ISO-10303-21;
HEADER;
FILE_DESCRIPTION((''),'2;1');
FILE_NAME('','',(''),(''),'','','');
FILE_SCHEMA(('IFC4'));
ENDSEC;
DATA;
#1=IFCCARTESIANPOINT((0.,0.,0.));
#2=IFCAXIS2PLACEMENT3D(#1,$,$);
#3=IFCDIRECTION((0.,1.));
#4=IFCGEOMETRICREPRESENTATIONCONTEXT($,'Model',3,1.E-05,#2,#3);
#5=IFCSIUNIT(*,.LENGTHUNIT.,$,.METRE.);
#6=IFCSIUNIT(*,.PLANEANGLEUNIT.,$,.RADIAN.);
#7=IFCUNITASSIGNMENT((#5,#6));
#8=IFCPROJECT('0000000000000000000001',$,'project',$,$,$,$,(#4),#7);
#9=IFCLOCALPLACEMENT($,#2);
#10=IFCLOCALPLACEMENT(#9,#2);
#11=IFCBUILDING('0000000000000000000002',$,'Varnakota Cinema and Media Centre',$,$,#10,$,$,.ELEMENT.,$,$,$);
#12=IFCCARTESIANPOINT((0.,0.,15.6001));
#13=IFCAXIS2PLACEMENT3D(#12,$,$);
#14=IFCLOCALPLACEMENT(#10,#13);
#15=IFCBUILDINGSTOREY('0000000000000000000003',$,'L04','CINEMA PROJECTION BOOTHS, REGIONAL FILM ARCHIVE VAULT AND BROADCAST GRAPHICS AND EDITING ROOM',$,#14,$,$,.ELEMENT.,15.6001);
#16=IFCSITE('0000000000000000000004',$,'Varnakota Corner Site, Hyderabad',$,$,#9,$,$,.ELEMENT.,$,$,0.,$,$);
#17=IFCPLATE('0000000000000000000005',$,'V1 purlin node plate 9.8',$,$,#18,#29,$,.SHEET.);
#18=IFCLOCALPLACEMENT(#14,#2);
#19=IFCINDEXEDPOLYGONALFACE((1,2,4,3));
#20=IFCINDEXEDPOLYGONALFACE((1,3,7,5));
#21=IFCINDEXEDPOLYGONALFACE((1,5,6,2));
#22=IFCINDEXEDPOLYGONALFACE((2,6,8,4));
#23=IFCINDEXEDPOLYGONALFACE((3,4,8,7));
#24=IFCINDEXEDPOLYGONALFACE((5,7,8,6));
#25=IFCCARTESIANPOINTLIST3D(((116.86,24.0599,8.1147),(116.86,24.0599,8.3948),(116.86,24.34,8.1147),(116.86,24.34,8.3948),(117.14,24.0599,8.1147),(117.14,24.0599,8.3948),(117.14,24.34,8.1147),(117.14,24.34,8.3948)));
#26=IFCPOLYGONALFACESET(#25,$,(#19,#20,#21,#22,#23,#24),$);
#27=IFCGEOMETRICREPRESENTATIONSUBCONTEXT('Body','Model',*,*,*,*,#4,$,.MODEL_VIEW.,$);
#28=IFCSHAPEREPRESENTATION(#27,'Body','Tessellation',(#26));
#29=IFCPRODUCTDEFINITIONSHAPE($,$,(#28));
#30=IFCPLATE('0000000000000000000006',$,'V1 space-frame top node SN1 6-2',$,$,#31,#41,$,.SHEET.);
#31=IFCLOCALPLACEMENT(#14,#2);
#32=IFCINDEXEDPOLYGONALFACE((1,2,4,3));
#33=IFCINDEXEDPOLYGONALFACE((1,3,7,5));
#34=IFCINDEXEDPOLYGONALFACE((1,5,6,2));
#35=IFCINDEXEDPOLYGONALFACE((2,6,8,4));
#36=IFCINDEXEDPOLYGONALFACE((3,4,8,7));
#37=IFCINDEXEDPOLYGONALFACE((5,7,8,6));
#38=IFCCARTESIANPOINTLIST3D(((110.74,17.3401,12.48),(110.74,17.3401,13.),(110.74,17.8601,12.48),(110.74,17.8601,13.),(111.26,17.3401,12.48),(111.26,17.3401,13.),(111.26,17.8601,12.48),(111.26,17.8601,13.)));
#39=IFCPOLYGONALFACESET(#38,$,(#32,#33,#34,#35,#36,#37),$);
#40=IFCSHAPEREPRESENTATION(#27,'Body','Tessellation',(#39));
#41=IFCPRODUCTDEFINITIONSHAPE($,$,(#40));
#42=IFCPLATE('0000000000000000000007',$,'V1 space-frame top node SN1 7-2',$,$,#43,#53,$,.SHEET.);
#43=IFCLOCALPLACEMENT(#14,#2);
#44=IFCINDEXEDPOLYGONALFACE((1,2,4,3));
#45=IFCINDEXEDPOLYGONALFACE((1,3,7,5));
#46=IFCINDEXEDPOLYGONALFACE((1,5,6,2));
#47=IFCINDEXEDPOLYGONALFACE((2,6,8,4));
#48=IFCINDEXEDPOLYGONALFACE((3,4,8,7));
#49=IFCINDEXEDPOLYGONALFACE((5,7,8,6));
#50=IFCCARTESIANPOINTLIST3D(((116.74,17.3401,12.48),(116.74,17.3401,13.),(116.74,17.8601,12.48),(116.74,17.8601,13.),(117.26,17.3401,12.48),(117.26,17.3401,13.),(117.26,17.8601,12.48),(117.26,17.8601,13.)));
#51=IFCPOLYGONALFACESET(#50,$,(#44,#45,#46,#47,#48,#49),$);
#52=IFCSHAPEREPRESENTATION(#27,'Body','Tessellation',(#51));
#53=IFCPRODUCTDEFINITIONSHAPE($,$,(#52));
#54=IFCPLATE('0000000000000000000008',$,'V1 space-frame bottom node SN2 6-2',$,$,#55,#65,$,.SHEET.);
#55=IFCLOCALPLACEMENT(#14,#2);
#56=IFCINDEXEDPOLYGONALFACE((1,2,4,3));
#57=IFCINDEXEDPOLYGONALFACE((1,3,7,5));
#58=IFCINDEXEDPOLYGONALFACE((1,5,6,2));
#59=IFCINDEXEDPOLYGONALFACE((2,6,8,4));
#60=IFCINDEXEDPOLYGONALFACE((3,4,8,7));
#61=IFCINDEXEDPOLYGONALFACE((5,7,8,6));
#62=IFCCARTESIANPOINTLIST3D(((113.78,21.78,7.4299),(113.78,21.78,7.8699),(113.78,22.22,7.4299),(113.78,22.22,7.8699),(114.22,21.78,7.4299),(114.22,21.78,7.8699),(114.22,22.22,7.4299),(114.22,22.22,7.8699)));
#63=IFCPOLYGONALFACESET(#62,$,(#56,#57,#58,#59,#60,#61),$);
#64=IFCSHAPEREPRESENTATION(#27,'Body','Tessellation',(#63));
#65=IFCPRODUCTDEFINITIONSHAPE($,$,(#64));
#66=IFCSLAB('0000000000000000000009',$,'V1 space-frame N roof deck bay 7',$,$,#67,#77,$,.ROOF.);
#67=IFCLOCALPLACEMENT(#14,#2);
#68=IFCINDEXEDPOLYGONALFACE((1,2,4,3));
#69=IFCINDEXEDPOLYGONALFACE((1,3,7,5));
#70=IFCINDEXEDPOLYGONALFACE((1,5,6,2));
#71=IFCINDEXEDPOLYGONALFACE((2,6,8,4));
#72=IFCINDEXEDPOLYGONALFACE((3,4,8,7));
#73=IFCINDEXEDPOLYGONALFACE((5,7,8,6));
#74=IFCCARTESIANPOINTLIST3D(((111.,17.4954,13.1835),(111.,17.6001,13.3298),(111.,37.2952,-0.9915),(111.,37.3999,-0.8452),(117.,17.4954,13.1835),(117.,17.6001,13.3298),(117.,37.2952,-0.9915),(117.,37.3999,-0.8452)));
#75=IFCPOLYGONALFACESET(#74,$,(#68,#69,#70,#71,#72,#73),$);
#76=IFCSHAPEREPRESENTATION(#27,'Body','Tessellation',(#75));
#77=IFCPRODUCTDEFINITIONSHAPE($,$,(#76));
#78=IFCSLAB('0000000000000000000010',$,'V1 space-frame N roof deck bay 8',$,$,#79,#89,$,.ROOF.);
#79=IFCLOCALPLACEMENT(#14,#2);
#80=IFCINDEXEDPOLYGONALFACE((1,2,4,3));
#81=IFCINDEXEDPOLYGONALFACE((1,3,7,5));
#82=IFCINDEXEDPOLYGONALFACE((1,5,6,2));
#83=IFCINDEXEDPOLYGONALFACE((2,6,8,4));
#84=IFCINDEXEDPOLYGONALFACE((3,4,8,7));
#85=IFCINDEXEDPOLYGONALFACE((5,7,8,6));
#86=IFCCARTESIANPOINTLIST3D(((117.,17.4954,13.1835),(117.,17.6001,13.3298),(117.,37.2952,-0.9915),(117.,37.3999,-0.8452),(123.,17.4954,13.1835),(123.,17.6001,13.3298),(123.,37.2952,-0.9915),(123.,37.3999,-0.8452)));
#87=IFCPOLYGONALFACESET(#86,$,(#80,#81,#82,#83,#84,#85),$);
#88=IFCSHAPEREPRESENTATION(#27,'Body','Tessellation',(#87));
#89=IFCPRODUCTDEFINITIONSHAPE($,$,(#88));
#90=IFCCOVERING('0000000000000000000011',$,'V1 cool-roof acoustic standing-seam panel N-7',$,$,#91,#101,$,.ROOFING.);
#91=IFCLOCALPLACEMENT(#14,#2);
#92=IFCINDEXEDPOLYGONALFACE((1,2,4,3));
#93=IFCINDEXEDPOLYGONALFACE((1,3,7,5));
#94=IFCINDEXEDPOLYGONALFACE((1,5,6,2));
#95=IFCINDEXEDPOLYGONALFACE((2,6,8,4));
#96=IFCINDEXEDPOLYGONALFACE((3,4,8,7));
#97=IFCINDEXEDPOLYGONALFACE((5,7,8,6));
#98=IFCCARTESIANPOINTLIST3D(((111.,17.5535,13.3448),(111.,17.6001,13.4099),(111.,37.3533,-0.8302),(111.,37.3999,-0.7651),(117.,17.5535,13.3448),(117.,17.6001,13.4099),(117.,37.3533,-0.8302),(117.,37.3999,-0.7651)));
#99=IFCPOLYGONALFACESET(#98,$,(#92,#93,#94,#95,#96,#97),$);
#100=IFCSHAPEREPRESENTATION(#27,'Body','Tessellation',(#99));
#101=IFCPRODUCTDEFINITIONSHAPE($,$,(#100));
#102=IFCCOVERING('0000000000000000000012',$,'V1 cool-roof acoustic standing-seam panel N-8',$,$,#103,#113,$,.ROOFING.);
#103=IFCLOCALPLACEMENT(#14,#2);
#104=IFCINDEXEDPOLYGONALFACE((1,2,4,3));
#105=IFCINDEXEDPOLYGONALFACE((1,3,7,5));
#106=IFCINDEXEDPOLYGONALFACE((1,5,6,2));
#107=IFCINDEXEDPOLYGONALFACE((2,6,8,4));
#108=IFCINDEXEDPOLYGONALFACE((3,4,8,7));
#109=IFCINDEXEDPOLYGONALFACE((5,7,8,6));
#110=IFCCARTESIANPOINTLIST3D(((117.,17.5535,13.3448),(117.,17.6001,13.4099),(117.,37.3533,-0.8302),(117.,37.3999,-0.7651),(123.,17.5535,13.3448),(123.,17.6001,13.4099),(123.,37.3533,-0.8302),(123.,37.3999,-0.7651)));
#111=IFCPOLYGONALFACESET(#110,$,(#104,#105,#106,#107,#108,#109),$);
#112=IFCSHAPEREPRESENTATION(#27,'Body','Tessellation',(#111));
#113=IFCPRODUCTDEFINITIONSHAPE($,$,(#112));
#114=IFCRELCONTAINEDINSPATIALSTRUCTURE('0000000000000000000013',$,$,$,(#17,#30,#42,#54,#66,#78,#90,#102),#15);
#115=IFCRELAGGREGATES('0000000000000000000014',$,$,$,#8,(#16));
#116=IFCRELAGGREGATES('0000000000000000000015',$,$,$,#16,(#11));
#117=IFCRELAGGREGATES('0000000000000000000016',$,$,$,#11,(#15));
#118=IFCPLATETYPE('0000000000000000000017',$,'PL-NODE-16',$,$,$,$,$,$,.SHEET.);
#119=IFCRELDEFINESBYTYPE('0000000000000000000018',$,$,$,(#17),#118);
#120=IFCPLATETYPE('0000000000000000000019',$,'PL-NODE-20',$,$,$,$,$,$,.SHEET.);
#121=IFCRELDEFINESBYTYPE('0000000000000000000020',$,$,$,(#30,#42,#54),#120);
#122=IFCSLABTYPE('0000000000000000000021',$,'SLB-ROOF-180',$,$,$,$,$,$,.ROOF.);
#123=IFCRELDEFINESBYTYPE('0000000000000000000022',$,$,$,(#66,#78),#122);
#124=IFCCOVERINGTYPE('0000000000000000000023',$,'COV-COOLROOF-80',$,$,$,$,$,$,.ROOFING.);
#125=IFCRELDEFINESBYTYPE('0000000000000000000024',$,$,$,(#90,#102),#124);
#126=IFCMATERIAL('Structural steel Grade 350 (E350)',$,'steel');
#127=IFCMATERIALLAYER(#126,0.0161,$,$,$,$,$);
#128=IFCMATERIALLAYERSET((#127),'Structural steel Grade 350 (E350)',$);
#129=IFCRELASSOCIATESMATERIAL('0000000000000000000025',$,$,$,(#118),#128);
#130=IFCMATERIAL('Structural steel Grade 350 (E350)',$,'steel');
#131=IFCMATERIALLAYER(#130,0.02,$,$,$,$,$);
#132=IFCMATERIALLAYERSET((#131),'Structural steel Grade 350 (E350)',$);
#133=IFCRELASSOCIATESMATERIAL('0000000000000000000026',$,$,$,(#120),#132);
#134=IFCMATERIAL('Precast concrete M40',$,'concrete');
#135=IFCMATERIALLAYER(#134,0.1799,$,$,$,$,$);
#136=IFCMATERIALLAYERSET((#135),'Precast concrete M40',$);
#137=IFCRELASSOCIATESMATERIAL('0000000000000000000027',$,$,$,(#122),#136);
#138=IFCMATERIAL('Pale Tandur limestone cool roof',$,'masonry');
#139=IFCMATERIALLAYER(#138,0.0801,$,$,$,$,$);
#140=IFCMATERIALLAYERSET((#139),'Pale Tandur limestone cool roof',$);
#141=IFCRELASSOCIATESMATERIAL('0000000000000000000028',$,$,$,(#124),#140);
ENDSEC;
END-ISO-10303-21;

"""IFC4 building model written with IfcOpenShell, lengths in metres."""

from ifc_helpers import new_model, si_unit, direction, frame, origin, origin_2d, place, context, subcontext, project, spatial, polyline, rectangle, outline, extrude, material, layer, layer_set, type_object, element, save


model = new_model("IFC4")

# Units and contexts
model_context = context("Model", 3, precision=1e-05, world=origin(), true_north=direction((0.0, 1.0)))
body_context = subcontext(model_context, "Body", "Model", "MODEL_VIEW")
ifc_project = project(units=[si_unit("LENGTHUNIT", "METRE"), si_unit("PLANEANGLEUNIT", "RADIAN")], contexts=[model_context])

# Site, building, storey
site_placement = place(None, origin())
site = spatial("IfcSite", under=ifc_project, at=site_placement, Name="Varnakota Corner Site, Hyderabad", CompositionType="ELEMENT", RefElevation=0.0)
building_placement = place(site_placement, origin())
building = spatial("IfcBuilding", under=site, at=building_placement, Name="Varnakota Cinema and Media Centre", CompositionType="ELEMENT")
storey_placement = place(building_placement, frame((0.0, 0.0, 15.6001)))
storey = spatial("IfcBuildingStorey", under=building, at=storey_placement, Name="L04", Description="CINEMA PROJECTION BOOTHS, REGIONAL FILM ARCHIVE VAULT AND BROADCAST GRAPHICS AND EDITING ROOM", CompositionType="ELEMENT", Elevation=15.6001)

# Plates
ifc_material_1 = material(Name="Structural steel Grade 350 (E350)", Category="steel")
ifc_layer_1 = layer(ifc_material_1, 0.0161)
ifc_layer_set_1 = layer_set([ifc_layer_1], Name="Structural steel Grade 350 (E350)")
plate_type_1 = type_object("IfcPlateType", Name="PL-NODE-16", PredefinedType="SHEET", material=ifc_layer_set_1)
for number, where, z_axis, x_axis, name in (
    (1, (117.0, 24.2, 8.1147), (0.0, 0.0, 1.0), (1.0, 0.0, 0.0), "V1 purlin node plate 9.8"),
):
    element("IfcPlate", number, at=place(storey_placement, frame(where, z_axis=z_axis, x_axis=x_axis)), inside=storey, type_object=plate_type_1, Name=name, PredefinedType="SHEET", context=body_context, shape_type="SweptSolid", body=[
        extrude(rectangle(XDim=0.28, YDim=0.28, at=origin_2d()), origin(), (0.0, 0.0, 1.0), 0.28),
    ])
ifc_material_2 = material(Name="Structural steel Grade 350 (E350)", Category="steel")
ifc_layer_2 = layer(ifc_material_2, 0.02)
ifc_layer_set_2 = layer_set([ifc_layer_2], Name="Structural steel Grade 350 (E350)")
plate_type_2 = type_object("IfcPlateType", Name="PL-NODE-20", PredefinedType="SHEET", material=ifc_layer_set_2)
for number, where, z_axis, x_axis, name in (
    (2, (111.0, 17.6001, 12.48), (0.0, 0.0, 1.0), (1.0, 0.0, 0.0), "V1 space-frame top node SN1 6-2"),
    (3, (117.0, 17.6001, 12.48), (0.0, 0.0, 1.0), (1.0, 0.0, 0.0), "V1 space-frame top node SN1 7-2"),
):
    element("IfcPlate", number, at=place(storey_placement, frame(where, z_axis=z_axis, x_axis=x_axis)), inside=storey, type_object=plate_type_2, Name=name, PredefinedType="SHEET", context=body_context, shape_type="SweptSolid", body=[
        extrude(rectangle(XDim=0.52, YDim=0.52, at=origin_2d()), origin(), (0.0, 0.0, 1.0), 0.52),
    ])
plate_placement = place(storey_placement, frame((114.0, 22.0, 7.4299), z_axis=(0.0, 0.0, 1.0), x_axis=(1.0, 0.0, 0.0)))
element("IfcPlate", 4, at=plate_placement, inside=storey, type_object=plate_type_2, Name="V1 space-frame bottom node SN2 6-2", PredefinedType="SHEET", context=body_context, shape_type="SweptSolid", body=[
    extrude(rectangle(XDim=0.4399, YDim=0.4399, at=origin_2d()), origin(), (0.0, 0.0, 1.0), 0.4399),
])

# Slabs
ifc_material_3 = material(Name="Precast concrete M40", Category="concrete")
ifc_layer_3 = layer(ifc_material_3, 0.1799)
ifc_layer_set_3 = layer_set([ifc_layer_3], Name="Precast concrete M40")
slab_type = type_object("IfcSlabType", Name="SLB-ROOF-180", PredefinedType="ROOF", material=ifc_layer_set_3)
for number, where, z_axis, x_axis, name in (
    (5, (111.0, 17.6001, 13.3298), (0.0, 0.582117, 0.813105), (1.0, 0.0, 0.0), "V1 space-frame N roof deck bay 7"),
    (6, (117.0, 17.6001, 13.3298), (0.0, 0.582117, 0.813105), (1.0, 0.0, 0.0), "V1 space-frame N roof deck bay 8"),
):
    element("IfcSlab", number, at=place(storey_placement, frame(where, z_axis=z_axis, x_axis=x_axis)), inside=storey, type_object=slab_type, Name=name, PredefinedType="ROOF", context=body_context, shape_type="SweptSolid", body=[
        extrude(outline(polyline([(0.0, 0.0), (6.0, 0.0), (6.0, 24.3509), (0.0, 24.3509), (0.0, 0.0)])), origin(), (0.0, 0.0, -1.0), 0.1799),
    ])

# Coverings
ifc_material_4 = material(Name="Pale Tandur limestone cool roof", Category="masonry")
ifc_layer_4 = layer(ifc_material_4, 0.0801)
ifc_layer_set_4 = layer_set([ifc_layer_4], Name="Pale Tandur limestone cool roof")
covering_type = type_object("IfcCoveringType", Name="COV-COOLROOF-80", PredefinedType="ROOFING", material=ifc_layer_set_4)
for number, where, z_axis, x_axis, name in (
    (7, (111.0, 17.6001, 13.4099), (0.0, 0.582117, 0.813105), (1.0, 0.0, 0.0), "V1 cool-roof acoustic standing-seam panel N-7"),
    (8, (117.0, 17.6001, 13.4099), (0.0, 0.582117, 0.813105), (1.0, 0.0, 0.0), "V1 cool-roof acoustic standing-seam panel N-8"),
):
    element("IfcCovering", number, at=place(storey_placement, frame(where, z_axis=z_axis, x_axis=x_axis)), inside=storey, type_object=covering_type, Name=name, PredefinedType="ROOFING", context=body_context, shape_type="SweptSolid", body=[
        extrude(outline(polyline([(0.0, 0.0), (6.0, 0.0), (6.0, 24.3509), (0.0, 24.3509), (0.0, 0.0)])), origin(), (0.0, 0.0, -1.0), 0.0801),
    ])

save(model, "model.ifc")
